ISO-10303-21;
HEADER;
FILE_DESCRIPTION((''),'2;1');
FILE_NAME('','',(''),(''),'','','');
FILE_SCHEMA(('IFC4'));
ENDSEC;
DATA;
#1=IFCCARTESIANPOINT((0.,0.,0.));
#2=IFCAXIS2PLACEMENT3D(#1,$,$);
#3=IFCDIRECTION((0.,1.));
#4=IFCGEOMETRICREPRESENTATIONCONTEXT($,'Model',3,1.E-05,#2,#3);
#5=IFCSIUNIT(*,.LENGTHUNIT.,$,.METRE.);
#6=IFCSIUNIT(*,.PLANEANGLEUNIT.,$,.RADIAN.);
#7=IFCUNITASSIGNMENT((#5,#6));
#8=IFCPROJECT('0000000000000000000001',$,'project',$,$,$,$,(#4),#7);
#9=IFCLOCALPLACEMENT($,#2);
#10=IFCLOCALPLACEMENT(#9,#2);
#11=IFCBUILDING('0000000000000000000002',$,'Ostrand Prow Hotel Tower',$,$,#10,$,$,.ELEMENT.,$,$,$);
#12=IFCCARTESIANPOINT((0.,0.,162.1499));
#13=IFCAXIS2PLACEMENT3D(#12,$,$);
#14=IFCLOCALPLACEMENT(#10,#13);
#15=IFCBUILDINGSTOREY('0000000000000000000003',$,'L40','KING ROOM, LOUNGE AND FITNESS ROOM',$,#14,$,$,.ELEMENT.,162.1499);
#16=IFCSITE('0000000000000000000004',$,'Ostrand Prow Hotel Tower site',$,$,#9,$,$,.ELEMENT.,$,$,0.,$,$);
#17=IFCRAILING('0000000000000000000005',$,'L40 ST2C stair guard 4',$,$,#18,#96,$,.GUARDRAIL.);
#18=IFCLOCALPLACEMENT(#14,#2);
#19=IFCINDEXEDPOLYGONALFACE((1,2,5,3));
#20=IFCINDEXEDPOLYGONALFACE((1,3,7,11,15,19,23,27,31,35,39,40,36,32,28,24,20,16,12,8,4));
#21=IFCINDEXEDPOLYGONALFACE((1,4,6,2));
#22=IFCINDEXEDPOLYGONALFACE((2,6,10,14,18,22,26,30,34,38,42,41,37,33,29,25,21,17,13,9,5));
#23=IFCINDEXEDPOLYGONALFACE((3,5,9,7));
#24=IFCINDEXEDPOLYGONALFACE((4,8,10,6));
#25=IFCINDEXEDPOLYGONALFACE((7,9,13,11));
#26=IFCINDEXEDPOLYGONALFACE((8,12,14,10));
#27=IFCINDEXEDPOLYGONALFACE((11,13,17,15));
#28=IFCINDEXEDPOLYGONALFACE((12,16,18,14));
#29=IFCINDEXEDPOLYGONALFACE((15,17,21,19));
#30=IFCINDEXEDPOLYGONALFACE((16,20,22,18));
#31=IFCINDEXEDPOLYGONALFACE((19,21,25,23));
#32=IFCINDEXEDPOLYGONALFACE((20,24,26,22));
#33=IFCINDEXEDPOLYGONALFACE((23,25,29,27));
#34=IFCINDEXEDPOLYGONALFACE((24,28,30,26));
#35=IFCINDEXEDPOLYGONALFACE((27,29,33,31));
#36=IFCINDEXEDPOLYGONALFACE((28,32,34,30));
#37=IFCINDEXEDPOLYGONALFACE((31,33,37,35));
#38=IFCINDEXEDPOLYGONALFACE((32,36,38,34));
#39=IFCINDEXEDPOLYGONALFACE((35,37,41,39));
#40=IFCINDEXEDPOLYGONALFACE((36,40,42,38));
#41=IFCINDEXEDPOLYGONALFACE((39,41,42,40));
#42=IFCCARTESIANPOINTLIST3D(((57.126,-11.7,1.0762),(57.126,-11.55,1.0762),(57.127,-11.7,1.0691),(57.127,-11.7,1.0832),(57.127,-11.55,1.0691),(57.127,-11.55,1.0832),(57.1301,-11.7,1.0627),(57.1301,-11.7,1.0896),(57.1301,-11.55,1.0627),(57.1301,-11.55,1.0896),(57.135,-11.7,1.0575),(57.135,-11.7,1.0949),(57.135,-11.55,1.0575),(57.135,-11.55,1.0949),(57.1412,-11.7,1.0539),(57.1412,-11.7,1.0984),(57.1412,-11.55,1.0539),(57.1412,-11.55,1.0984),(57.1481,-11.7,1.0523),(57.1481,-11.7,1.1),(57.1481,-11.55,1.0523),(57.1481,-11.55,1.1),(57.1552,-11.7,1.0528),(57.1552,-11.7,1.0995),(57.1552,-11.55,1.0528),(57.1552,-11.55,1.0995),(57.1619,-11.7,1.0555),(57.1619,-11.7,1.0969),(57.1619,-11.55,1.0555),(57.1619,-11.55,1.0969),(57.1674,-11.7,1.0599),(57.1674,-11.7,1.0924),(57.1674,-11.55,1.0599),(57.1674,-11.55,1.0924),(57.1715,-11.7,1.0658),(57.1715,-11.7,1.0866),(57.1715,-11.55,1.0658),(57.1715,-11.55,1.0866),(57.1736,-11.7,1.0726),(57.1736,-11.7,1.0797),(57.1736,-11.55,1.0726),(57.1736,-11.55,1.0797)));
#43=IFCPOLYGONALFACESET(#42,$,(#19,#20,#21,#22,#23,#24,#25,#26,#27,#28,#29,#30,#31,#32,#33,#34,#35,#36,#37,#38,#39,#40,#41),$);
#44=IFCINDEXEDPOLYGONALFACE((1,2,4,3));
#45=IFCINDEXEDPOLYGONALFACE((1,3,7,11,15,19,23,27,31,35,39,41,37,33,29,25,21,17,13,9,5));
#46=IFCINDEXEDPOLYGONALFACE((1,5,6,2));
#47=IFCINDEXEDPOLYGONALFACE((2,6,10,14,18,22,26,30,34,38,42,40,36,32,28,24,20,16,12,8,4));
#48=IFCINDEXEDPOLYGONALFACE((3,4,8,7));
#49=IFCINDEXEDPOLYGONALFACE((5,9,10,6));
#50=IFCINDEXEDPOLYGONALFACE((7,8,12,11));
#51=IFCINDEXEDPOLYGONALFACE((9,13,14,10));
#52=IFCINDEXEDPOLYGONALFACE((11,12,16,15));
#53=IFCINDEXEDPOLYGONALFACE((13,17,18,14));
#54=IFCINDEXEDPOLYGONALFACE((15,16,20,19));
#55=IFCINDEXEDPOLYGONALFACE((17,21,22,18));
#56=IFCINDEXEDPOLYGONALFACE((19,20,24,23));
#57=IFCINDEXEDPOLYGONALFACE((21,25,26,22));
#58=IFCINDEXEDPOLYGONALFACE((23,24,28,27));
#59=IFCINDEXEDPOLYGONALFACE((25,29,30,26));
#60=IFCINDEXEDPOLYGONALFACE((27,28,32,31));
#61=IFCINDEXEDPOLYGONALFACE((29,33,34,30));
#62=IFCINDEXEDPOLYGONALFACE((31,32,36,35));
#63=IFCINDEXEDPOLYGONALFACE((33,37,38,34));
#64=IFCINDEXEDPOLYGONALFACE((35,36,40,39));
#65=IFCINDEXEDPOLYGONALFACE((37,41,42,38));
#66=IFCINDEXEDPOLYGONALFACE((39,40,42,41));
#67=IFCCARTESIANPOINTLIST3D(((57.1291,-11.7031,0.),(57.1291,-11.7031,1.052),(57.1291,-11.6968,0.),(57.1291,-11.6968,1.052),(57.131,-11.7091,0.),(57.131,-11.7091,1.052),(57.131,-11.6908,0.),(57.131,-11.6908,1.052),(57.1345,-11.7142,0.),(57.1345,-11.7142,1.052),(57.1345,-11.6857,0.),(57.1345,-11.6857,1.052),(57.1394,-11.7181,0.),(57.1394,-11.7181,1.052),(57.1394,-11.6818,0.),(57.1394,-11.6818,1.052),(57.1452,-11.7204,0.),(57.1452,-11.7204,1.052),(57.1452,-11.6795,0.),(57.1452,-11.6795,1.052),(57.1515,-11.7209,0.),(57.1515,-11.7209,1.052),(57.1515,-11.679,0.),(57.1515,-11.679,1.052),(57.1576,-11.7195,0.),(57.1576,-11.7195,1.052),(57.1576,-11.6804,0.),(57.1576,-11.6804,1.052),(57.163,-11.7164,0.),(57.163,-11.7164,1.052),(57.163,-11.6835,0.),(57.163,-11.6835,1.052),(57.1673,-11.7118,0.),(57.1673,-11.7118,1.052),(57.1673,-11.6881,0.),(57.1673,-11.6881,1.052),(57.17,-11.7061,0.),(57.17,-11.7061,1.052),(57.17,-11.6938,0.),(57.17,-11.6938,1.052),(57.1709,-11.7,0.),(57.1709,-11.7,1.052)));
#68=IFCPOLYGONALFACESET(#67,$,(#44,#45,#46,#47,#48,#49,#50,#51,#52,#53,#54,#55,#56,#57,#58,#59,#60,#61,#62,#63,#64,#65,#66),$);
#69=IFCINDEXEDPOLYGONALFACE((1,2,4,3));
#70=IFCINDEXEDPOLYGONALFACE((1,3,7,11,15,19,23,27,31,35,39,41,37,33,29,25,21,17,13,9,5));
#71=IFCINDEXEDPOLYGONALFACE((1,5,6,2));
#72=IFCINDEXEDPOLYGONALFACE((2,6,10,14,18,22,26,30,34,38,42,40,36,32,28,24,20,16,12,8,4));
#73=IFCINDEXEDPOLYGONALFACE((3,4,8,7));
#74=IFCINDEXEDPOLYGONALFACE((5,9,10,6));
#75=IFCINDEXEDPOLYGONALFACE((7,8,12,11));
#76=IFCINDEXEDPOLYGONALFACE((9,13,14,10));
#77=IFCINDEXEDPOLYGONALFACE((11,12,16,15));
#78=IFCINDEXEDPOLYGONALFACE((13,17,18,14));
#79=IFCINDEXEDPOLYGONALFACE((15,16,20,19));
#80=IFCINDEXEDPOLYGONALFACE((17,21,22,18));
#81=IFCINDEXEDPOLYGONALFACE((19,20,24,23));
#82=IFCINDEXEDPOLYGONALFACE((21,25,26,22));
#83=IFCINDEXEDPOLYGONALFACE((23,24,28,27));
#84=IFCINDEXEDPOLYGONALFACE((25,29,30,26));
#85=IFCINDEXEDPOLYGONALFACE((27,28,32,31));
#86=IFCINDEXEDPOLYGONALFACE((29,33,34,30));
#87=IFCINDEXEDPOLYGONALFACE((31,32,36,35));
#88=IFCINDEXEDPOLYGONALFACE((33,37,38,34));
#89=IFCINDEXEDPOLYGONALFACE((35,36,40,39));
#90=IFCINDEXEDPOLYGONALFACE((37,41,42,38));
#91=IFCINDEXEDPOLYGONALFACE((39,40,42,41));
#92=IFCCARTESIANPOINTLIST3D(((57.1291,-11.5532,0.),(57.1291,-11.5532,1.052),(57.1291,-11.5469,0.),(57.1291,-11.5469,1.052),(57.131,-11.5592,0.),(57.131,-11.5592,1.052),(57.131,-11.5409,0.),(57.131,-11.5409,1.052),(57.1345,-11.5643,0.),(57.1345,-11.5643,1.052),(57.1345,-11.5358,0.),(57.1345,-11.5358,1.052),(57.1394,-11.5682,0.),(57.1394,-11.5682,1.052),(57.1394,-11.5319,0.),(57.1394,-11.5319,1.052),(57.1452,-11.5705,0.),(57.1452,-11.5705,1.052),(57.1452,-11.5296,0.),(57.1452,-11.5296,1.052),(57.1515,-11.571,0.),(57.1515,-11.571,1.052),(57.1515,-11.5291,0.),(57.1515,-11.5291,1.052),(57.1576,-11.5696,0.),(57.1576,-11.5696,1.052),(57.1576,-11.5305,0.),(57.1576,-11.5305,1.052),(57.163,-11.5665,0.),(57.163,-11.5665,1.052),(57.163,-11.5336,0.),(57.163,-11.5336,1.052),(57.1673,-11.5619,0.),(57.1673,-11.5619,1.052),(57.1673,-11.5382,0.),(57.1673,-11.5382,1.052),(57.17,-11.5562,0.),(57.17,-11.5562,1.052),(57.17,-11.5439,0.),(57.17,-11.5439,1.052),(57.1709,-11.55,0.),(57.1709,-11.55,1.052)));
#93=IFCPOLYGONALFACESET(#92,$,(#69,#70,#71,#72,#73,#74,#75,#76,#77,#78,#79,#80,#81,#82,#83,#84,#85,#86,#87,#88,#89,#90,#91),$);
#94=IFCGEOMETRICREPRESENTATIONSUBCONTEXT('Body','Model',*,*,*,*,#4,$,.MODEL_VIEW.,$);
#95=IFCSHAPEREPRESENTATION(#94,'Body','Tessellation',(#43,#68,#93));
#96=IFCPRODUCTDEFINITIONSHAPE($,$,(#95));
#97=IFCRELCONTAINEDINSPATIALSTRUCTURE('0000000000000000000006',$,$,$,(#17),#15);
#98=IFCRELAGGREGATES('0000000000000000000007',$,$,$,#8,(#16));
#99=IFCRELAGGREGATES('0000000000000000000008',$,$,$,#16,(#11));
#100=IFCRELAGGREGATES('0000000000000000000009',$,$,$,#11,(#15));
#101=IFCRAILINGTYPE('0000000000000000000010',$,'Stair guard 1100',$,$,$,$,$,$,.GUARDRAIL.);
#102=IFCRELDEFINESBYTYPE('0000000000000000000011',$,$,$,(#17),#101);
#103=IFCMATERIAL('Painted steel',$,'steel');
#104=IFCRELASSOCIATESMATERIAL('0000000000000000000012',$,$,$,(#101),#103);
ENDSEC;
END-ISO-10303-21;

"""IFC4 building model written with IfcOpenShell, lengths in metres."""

from ifc_helpers import new_model, si_unit, direction, frame, origin, origin_2d, place, context, subcontext, project, spatial, circle, extrude, material, type_object, element, save


model = new_model("IFC4")

# Units and contexts
model_context = context("Model", 3, precision=1e-05, world=origin(), true_north=direction((0.0, 1.0)))
body_context = subcontext(model_context, "Body", "Model", "MODEL_VIEW")
ifc_project = project(units=[si_unit("LENGTHUNIT", "METRE"), si_unit("PLANEANGLEUNIT", "RADIAN")], contexts=[model_context])

# Site, building, storey
site_placement = place(None, origin())
site = spatial("IfcSite", under=ifc_project, at=site_placement, Name="Ostrand Prow Hotel Tower site", CompositionType="ELEMENT", RefElevation=0.0)
building_placement = place(site_placement, origin())
building = spatial("IfcBuilding", under=site, at=building_placement, Name="Ostrand Prow Hotel Tower", CompositionType="ELEMENT")
storey_placement = place(building_placement, frame((0.0, 0.0, 162.1499)))
storey = spatial("IfcBuildingStorey", under=building, at=storey_placement, Name="L40", Description="KING ROOM, LOUNGE AND FITNESS ROOM", CompositionType="ELEMENT", Elevation=162.1499)

# Railing
ifc_material_1 = material(Name="Painted steel", Category="steel")
railing_type_1 = type_object("IfcRailingType", Name="Stair guard 1100", PredefinedType="GUARDRAIL", material=ifc_material_1)
railing_1_placement = place(storey_placement, frame((57.1499, -11.7, 0.0)))
element("IfcRailing", 1, at=railing_1_placement, inside=storey, type_object=railing_type_1, Name="L40 ST2C stair guard 4", PredefinedType="GUARDRAIL", context=body_context, shape_type="SweptSolid", body=[
    extrude(circle(Radius=0.0239, at=origin_2d()), frame((0.0, 0.0, 1.0762), z_axis=(0.0, 1.0, 0.0), x_axis=(-1.0, 0.0, 0.0)), (0.0, 0.0, 1.0), 0.1499),
    extrude(circle(Radius=0.021, at=origin_2d()), origin(), (0.0, 0.0, 1.0), 1.052),
    extrude(circle(Radius=0.021, at=origin_2d()), frame((0.0, 0.1499, 0.0)), (0.0, 0.0, 1.0), 1.052),
])

save(model, "model.ifc")
